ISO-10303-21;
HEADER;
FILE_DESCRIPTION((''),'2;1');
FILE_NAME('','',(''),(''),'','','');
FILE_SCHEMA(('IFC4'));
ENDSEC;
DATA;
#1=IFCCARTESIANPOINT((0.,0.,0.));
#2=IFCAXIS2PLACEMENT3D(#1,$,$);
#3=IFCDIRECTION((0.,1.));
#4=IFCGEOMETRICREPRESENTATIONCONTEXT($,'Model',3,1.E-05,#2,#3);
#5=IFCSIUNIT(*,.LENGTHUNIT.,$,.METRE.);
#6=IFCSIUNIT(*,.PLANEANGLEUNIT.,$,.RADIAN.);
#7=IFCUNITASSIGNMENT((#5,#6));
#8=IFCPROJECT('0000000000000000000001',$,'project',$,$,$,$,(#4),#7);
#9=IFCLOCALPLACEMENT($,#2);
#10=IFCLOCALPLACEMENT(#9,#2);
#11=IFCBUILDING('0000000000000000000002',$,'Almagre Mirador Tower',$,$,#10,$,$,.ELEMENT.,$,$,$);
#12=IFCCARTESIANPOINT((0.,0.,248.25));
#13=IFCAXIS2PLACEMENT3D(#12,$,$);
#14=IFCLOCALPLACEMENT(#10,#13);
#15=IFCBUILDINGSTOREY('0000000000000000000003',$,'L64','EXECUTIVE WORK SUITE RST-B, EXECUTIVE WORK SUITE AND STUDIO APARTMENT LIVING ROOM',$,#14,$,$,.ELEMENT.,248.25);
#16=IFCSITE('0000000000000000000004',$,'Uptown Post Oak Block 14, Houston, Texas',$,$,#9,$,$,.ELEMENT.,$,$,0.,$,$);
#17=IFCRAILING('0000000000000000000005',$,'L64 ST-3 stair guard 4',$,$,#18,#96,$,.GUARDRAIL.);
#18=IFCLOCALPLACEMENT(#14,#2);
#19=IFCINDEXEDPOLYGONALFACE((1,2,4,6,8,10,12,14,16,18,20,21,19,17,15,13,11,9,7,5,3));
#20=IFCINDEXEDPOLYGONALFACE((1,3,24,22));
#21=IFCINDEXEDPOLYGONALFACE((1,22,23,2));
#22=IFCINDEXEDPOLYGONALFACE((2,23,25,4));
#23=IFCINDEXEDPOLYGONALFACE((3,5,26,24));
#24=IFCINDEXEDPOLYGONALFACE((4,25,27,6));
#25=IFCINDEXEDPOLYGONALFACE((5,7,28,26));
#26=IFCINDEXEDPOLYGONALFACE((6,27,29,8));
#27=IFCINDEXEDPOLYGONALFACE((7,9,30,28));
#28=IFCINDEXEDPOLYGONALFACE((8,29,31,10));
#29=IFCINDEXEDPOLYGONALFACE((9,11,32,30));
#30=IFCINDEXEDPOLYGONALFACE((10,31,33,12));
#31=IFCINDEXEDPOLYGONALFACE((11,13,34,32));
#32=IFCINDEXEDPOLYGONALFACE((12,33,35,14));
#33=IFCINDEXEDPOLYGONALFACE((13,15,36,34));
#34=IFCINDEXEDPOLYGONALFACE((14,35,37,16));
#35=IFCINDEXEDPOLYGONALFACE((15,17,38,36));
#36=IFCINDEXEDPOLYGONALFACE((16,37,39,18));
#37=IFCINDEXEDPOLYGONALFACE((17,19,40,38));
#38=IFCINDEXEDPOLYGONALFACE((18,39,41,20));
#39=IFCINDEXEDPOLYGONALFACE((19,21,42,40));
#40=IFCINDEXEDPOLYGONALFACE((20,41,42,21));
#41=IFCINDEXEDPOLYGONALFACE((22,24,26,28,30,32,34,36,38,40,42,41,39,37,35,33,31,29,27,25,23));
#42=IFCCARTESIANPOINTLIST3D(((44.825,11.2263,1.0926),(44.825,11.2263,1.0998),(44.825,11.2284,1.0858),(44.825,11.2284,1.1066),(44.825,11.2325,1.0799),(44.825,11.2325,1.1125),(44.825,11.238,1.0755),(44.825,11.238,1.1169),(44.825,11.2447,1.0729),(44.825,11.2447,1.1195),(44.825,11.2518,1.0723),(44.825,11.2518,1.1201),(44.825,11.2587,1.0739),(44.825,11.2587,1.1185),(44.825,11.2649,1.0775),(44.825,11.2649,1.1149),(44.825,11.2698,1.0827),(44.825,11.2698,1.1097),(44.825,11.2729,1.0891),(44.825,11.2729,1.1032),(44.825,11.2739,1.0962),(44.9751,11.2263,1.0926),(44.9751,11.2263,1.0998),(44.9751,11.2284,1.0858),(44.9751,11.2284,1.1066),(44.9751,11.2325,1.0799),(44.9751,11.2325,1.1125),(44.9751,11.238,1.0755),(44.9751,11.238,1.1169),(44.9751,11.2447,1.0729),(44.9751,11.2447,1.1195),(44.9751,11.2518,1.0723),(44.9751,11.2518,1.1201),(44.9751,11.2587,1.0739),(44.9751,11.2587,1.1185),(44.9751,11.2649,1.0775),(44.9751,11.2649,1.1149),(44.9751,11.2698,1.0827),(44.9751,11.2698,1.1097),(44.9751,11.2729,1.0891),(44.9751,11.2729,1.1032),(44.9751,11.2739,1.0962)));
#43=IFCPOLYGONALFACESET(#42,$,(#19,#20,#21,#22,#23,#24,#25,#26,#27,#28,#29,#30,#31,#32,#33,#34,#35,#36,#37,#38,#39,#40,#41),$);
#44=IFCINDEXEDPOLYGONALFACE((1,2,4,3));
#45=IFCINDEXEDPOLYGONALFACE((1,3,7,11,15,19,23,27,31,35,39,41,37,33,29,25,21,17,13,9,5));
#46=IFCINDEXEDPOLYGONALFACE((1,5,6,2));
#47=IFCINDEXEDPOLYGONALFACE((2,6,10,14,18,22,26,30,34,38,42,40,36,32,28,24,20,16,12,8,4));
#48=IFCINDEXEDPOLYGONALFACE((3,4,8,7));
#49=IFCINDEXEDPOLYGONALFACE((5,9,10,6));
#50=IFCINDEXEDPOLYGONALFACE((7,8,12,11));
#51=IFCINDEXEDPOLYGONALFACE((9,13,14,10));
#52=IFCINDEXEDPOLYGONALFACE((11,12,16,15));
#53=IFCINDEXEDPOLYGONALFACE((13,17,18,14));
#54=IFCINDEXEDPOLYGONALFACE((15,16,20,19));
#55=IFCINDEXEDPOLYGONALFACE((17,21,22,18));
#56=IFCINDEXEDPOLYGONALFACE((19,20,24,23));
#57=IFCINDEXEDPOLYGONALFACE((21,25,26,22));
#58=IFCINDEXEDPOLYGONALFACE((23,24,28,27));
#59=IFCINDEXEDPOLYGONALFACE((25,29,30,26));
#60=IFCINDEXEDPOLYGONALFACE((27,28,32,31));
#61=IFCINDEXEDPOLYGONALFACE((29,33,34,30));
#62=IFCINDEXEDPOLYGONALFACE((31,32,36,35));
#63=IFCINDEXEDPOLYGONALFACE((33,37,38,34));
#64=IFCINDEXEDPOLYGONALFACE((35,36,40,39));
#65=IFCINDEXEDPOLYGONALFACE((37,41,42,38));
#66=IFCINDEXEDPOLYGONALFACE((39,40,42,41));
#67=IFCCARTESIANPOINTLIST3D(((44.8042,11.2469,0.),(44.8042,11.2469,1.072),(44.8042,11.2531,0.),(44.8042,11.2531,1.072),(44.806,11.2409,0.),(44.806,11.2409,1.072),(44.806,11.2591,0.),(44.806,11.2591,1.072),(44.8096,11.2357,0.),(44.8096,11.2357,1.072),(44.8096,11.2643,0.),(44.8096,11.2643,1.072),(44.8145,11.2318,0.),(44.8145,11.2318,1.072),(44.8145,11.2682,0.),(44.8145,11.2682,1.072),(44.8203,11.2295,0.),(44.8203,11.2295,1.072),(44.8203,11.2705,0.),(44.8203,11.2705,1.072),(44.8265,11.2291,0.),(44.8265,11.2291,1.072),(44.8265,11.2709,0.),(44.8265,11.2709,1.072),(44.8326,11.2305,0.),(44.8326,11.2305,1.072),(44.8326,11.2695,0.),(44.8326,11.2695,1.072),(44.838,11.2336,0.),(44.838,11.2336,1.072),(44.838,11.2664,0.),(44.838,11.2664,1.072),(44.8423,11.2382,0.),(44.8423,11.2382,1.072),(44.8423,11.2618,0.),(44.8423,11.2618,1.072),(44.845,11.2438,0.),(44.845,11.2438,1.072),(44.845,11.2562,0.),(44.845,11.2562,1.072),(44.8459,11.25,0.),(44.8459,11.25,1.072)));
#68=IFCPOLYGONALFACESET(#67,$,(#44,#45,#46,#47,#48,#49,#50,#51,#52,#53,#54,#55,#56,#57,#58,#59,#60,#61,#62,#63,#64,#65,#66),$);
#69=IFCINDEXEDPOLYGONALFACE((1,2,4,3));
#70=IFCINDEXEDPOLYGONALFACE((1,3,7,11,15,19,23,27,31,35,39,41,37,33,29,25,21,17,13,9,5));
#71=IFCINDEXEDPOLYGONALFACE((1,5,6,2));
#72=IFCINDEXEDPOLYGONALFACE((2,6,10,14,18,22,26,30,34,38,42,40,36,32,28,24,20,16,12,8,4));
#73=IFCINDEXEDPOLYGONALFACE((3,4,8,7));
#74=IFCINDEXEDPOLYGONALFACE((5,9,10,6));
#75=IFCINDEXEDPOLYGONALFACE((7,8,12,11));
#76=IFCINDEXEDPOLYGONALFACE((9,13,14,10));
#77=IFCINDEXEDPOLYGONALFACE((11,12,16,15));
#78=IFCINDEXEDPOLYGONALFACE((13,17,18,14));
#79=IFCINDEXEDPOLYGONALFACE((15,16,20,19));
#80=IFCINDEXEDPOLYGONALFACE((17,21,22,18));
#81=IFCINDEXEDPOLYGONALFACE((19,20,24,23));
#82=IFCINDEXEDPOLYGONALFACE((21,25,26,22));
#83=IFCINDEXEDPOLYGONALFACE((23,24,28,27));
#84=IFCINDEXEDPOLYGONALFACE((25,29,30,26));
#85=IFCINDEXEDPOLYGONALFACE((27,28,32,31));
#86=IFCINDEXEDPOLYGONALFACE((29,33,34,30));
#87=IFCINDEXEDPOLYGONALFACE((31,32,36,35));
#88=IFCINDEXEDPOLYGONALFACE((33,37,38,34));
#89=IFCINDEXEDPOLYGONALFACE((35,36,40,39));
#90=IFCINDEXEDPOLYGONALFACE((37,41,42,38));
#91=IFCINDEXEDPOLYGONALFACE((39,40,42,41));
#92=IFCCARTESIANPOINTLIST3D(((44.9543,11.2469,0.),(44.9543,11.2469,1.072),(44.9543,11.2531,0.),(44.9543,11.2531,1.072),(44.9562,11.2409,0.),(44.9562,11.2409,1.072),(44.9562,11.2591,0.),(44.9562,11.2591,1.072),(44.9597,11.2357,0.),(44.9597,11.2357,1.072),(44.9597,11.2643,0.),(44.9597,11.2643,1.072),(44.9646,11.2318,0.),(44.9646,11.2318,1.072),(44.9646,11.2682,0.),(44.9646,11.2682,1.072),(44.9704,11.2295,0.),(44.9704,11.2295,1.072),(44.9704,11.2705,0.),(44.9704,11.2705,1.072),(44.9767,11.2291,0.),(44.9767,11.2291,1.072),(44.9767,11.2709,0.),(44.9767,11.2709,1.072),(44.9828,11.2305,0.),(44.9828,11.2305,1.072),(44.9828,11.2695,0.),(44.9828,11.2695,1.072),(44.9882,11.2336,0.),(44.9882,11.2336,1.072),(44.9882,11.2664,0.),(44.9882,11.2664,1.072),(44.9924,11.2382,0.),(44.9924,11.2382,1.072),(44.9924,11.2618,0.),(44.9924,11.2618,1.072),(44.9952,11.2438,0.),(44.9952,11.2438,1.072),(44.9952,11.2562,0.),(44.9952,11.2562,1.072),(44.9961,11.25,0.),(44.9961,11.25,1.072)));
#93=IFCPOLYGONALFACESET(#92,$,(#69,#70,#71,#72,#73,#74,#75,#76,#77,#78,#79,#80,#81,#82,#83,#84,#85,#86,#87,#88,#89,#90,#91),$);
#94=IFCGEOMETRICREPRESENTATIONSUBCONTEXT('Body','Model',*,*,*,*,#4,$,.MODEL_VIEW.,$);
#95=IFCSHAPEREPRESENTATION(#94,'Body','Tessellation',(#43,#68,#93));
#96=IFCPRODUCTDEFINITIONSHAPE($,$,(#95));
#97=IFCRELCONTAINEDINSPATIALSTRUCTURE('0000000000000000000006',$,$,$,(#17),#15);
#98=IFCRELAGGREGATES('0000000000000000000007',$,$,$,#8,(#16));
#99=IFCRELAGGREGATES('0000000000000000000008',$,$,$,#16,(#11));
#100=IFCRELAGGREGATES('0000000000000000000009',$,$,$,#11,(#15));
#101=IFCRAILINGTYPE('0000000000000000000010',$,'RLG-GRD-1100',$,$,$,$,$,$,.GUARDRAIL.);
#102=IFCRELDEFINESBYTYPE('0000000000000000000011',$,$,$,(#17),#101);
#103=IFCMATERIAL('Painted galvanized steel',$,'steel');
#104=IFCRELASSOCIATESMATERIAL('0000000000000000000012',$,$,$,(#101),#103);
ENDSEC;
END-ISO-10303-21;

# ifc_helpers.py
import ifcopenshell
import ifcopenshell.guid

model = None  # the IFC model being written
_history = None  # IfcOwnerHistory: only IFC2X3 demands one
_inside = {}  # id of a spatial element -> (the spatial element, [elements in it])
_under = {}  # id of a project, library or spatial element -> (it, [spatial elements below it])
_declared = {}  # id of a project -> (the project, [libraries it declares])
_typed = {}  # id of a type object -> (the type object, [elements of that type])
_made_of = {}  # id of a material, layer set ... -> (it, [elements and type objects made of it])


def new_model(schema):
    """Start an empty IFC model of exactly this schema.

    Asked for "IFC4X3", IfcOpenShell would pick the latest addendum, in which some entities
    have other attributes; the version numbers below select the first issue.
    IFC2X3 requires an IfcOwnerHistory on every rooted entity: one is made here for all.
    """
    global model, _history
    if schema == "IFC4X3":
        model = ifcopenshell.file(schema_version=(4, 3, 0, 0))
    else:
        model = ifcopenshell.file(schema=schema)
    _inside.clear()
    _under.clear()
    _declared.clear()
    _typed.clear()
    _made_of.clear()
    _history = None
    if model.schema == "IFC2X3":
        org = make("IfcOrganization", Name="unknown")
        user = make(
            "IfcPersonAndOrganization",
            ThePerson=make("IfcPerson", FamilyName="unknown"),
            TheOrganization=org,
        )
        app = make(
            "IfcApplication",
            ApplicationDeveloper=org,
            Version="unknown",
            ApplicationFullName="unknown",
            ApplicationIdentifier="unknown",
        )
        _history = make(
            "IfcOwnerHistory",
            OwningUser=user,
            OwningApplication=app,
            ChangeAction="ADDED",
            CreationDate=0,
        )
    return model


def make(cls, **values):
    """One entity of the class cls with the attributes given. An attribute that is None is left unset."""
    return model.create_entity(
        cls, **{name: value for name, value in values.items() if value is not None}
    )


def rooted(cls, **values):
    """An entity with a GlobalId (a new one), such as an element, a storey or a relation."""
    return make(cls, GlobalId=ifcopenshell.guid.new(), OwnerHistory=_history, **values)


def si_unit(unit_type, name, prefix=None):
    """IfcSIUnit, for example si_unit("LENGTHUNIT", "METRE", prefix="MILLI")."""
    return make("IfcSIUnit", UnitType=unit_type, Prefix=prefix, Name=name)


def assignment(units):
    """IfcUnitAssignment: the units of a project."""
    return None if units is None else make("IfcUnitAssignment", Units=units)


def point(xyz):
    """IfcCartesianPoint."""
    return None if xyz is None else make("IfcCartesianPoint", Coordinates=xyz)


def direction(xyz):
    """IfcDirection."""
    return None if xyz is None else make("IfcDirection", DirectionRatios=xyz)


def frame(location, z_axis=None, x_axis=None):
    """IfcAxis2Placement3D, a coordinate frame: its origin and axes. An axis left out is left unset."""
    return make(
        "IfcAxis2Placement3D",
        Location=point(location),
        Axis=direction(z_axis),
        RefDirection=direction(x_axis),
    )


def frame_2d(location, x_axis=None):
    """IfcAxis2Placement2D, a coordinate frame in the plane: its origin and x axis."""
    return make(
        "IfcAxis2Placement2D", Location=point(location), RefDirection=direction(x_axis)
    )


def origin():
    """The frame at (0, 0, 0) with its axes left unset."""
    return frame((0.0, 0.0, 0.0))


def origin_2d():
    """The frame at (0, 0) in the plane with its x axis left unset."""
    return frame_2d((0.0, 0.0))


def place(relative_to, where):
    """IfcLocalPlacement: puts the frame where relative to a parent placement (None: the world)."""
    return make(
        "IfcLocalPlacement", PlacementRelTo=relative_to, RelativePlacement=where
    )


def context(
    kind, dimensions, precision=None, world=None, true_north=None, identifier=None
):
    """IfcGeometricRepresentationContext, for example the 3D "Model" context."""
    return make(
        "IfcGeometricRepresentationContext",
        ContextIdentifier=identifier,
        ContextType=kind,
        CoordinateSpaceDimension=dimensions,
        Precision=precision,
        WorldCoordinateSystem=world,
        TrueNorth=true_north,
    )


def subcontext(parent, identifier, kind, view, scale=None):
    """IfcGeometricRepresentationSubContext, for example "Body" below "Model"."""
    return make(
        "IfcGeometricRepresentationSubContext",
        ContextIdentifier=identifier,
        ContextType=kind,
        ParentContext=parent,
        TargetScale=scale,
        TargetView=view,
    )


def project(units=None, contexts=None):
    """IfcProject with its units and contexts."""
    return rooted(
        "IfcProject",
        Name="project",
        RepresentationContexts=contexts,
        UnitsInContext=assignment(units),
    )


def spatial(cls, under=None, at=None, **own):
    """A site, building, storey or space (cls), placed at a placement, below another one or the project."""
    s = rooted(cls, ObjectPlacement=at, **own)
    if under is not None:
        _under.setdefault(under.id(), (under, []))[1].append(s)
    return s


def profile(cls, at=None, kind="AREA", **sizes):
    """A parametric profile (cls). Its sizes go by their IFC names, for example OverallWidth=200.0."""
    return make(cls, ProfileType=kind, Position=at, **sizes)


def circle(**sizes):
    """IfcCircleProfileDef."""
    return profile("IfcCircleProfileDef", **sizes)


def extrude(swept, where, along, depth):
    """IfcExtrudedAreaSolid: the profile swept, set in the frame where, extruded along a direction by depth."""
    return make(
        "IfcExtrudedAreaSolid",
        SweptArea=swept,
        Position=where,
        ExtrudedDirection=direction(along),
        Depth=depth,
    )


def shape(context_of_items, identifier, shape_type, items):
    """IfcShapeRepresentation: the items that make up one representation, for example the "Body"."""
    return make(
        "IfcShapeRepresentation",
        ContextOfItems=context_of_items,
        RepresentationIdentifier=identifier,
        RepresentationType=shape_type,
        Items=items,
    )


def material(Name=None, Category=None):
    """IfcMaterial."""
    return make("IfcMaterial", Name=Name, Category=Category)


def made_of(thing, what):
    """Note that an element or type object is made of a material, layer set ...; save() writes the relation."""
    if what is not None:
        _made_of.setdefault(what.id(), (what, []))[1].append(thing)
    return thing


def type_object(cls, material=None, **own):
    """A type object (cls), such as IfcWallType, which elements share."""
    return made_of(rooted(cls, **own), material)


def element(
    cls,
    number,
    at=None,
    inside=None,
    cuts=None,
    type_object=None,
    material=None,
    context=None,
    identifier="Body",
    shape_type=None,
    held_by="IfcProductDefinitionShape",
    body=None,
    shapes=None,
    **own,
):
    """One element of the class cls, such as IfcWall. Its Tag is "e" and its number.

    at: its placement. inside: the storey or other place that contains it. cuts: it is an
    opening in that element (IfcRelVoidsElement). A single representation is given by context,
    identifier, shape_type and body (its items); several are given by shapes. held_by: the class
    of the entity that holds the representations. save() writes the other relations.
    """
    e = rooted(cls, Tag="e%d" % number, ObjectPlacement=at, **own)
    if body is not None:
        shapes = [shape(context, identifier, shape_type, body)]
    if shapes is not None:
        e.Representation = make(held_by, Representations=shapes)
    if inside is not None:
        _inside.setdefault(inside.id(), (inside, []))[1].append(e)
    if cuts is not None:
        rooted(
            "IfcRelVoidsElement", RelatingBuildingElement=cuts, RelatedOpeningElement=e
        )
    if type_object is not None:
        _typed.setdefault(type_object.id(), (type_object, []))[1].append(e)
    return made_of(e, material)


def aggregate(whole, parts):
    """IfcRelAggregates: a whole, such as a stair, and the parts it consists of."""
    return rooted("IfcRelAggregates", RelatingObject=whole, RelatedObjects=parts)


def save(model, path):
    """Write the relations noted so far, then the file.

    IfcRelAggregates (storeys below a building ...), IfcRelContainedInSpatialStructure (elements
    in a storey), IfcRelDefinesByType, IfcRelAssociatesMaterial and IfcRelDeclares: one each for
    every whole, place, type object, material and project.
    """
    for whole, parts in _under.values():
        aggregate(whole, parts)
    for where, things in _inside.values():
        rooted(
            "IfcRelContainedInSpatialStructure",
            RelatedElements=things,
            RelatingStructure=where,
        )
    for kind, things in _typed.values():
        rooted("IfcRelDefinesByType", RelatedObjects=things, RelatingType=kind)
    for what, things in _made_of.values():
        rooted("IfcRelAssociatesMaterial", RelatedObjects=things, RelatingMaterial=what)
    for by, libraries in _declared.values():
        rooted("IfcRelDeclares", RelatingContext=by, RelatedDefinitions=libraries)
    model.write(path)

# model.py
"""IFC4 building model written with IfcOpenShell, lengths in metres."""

from ifc_helpers import new_model, si_unit, direction, frame, origin, origin_2d, place, context, subcontext, project, spatial, circle, extrude, material, type_object, element, save


model = new_model("IFC4")

# Units and contexts
model_context = context("Model", 3, precision=1e-05, world=origin(), true_north=direction((0.0, 1.0)))
body_context = subcontext(model_context, "Body", "Model", "MODEL_VIEW")
ifc_project = project(units=[si_unit("LENGTHUNIT", "METRE"), si_unit("PLANEANGLEUNIT", "RADIAN")], contexts=[model_context])

# Site, building, storey
site_placement = place(None, origin())
site = spatial("IfcSite", under=ifc_project, at=site_placement, Name="Uptown Post Oak Block 14, Houston, Texas", CompositionType="ELEMENT", RefElevation=0.0)
building_placement = place(site_placement, origin())
building = spatial("IfcBuilding", under=site, at=building_placement, Name="Almagre Mirador Tower", CompositionType="ELEMENT")
storey_placement = place(building_placement, frame((0.0, 0.0, 248.25)))
storey = spatial("IfcBuildingStorey", under=building, at=storey_placement, Name="L64", Description="EXECUTIVE WORK SUITE RST-B, EXECUTIVE WORK SUITE AND STUDIO APARTMENT LIVING ROOM", CompositionType="ELEMENT", Elevation=248.25)

# Railing
ifc_material_1 = material(Name="Painted galvanized steel", Category="steel")
railing_type_1 = type_object("IfcRailingType", Name="RLG-GRD-1100", PredefinedType="GUARDRAIL", material=ifc_material_1)
railing_1_placement = place(storey_placement, frame((44.825, 11.25, 0.0)))
element("IfcRailing", 1, at=railing_1_placement, inside=storey, type_object=railing_type_1, Name="L64 ST-3 stair guard 4", PredefinedType="GUARDRAIL", context=body_context, shape_type="SweptSolid", body=[
    extrude(circle(Radius=0.0239, at=origin_2d()), frame((0.0, 0.0, 1.0962), z_axis=(1.0, 0.0, 0.0), x_axis=(0.0, 1.0, 0.0)), (0.0, 0.0, 1.0), 0.1501),
    extrude(circle(Radius=0.021, at=origin_2d()), origin(), (0.0, 0.0, 1.0), 1.072),
    extrude(circle(Radius=0.021, at=origin_2d()), frame((0.1501, 0.0, 0.0)), (0.0, 0.0, 1.0), 1.072),
])

save(model, "model.ifc")
